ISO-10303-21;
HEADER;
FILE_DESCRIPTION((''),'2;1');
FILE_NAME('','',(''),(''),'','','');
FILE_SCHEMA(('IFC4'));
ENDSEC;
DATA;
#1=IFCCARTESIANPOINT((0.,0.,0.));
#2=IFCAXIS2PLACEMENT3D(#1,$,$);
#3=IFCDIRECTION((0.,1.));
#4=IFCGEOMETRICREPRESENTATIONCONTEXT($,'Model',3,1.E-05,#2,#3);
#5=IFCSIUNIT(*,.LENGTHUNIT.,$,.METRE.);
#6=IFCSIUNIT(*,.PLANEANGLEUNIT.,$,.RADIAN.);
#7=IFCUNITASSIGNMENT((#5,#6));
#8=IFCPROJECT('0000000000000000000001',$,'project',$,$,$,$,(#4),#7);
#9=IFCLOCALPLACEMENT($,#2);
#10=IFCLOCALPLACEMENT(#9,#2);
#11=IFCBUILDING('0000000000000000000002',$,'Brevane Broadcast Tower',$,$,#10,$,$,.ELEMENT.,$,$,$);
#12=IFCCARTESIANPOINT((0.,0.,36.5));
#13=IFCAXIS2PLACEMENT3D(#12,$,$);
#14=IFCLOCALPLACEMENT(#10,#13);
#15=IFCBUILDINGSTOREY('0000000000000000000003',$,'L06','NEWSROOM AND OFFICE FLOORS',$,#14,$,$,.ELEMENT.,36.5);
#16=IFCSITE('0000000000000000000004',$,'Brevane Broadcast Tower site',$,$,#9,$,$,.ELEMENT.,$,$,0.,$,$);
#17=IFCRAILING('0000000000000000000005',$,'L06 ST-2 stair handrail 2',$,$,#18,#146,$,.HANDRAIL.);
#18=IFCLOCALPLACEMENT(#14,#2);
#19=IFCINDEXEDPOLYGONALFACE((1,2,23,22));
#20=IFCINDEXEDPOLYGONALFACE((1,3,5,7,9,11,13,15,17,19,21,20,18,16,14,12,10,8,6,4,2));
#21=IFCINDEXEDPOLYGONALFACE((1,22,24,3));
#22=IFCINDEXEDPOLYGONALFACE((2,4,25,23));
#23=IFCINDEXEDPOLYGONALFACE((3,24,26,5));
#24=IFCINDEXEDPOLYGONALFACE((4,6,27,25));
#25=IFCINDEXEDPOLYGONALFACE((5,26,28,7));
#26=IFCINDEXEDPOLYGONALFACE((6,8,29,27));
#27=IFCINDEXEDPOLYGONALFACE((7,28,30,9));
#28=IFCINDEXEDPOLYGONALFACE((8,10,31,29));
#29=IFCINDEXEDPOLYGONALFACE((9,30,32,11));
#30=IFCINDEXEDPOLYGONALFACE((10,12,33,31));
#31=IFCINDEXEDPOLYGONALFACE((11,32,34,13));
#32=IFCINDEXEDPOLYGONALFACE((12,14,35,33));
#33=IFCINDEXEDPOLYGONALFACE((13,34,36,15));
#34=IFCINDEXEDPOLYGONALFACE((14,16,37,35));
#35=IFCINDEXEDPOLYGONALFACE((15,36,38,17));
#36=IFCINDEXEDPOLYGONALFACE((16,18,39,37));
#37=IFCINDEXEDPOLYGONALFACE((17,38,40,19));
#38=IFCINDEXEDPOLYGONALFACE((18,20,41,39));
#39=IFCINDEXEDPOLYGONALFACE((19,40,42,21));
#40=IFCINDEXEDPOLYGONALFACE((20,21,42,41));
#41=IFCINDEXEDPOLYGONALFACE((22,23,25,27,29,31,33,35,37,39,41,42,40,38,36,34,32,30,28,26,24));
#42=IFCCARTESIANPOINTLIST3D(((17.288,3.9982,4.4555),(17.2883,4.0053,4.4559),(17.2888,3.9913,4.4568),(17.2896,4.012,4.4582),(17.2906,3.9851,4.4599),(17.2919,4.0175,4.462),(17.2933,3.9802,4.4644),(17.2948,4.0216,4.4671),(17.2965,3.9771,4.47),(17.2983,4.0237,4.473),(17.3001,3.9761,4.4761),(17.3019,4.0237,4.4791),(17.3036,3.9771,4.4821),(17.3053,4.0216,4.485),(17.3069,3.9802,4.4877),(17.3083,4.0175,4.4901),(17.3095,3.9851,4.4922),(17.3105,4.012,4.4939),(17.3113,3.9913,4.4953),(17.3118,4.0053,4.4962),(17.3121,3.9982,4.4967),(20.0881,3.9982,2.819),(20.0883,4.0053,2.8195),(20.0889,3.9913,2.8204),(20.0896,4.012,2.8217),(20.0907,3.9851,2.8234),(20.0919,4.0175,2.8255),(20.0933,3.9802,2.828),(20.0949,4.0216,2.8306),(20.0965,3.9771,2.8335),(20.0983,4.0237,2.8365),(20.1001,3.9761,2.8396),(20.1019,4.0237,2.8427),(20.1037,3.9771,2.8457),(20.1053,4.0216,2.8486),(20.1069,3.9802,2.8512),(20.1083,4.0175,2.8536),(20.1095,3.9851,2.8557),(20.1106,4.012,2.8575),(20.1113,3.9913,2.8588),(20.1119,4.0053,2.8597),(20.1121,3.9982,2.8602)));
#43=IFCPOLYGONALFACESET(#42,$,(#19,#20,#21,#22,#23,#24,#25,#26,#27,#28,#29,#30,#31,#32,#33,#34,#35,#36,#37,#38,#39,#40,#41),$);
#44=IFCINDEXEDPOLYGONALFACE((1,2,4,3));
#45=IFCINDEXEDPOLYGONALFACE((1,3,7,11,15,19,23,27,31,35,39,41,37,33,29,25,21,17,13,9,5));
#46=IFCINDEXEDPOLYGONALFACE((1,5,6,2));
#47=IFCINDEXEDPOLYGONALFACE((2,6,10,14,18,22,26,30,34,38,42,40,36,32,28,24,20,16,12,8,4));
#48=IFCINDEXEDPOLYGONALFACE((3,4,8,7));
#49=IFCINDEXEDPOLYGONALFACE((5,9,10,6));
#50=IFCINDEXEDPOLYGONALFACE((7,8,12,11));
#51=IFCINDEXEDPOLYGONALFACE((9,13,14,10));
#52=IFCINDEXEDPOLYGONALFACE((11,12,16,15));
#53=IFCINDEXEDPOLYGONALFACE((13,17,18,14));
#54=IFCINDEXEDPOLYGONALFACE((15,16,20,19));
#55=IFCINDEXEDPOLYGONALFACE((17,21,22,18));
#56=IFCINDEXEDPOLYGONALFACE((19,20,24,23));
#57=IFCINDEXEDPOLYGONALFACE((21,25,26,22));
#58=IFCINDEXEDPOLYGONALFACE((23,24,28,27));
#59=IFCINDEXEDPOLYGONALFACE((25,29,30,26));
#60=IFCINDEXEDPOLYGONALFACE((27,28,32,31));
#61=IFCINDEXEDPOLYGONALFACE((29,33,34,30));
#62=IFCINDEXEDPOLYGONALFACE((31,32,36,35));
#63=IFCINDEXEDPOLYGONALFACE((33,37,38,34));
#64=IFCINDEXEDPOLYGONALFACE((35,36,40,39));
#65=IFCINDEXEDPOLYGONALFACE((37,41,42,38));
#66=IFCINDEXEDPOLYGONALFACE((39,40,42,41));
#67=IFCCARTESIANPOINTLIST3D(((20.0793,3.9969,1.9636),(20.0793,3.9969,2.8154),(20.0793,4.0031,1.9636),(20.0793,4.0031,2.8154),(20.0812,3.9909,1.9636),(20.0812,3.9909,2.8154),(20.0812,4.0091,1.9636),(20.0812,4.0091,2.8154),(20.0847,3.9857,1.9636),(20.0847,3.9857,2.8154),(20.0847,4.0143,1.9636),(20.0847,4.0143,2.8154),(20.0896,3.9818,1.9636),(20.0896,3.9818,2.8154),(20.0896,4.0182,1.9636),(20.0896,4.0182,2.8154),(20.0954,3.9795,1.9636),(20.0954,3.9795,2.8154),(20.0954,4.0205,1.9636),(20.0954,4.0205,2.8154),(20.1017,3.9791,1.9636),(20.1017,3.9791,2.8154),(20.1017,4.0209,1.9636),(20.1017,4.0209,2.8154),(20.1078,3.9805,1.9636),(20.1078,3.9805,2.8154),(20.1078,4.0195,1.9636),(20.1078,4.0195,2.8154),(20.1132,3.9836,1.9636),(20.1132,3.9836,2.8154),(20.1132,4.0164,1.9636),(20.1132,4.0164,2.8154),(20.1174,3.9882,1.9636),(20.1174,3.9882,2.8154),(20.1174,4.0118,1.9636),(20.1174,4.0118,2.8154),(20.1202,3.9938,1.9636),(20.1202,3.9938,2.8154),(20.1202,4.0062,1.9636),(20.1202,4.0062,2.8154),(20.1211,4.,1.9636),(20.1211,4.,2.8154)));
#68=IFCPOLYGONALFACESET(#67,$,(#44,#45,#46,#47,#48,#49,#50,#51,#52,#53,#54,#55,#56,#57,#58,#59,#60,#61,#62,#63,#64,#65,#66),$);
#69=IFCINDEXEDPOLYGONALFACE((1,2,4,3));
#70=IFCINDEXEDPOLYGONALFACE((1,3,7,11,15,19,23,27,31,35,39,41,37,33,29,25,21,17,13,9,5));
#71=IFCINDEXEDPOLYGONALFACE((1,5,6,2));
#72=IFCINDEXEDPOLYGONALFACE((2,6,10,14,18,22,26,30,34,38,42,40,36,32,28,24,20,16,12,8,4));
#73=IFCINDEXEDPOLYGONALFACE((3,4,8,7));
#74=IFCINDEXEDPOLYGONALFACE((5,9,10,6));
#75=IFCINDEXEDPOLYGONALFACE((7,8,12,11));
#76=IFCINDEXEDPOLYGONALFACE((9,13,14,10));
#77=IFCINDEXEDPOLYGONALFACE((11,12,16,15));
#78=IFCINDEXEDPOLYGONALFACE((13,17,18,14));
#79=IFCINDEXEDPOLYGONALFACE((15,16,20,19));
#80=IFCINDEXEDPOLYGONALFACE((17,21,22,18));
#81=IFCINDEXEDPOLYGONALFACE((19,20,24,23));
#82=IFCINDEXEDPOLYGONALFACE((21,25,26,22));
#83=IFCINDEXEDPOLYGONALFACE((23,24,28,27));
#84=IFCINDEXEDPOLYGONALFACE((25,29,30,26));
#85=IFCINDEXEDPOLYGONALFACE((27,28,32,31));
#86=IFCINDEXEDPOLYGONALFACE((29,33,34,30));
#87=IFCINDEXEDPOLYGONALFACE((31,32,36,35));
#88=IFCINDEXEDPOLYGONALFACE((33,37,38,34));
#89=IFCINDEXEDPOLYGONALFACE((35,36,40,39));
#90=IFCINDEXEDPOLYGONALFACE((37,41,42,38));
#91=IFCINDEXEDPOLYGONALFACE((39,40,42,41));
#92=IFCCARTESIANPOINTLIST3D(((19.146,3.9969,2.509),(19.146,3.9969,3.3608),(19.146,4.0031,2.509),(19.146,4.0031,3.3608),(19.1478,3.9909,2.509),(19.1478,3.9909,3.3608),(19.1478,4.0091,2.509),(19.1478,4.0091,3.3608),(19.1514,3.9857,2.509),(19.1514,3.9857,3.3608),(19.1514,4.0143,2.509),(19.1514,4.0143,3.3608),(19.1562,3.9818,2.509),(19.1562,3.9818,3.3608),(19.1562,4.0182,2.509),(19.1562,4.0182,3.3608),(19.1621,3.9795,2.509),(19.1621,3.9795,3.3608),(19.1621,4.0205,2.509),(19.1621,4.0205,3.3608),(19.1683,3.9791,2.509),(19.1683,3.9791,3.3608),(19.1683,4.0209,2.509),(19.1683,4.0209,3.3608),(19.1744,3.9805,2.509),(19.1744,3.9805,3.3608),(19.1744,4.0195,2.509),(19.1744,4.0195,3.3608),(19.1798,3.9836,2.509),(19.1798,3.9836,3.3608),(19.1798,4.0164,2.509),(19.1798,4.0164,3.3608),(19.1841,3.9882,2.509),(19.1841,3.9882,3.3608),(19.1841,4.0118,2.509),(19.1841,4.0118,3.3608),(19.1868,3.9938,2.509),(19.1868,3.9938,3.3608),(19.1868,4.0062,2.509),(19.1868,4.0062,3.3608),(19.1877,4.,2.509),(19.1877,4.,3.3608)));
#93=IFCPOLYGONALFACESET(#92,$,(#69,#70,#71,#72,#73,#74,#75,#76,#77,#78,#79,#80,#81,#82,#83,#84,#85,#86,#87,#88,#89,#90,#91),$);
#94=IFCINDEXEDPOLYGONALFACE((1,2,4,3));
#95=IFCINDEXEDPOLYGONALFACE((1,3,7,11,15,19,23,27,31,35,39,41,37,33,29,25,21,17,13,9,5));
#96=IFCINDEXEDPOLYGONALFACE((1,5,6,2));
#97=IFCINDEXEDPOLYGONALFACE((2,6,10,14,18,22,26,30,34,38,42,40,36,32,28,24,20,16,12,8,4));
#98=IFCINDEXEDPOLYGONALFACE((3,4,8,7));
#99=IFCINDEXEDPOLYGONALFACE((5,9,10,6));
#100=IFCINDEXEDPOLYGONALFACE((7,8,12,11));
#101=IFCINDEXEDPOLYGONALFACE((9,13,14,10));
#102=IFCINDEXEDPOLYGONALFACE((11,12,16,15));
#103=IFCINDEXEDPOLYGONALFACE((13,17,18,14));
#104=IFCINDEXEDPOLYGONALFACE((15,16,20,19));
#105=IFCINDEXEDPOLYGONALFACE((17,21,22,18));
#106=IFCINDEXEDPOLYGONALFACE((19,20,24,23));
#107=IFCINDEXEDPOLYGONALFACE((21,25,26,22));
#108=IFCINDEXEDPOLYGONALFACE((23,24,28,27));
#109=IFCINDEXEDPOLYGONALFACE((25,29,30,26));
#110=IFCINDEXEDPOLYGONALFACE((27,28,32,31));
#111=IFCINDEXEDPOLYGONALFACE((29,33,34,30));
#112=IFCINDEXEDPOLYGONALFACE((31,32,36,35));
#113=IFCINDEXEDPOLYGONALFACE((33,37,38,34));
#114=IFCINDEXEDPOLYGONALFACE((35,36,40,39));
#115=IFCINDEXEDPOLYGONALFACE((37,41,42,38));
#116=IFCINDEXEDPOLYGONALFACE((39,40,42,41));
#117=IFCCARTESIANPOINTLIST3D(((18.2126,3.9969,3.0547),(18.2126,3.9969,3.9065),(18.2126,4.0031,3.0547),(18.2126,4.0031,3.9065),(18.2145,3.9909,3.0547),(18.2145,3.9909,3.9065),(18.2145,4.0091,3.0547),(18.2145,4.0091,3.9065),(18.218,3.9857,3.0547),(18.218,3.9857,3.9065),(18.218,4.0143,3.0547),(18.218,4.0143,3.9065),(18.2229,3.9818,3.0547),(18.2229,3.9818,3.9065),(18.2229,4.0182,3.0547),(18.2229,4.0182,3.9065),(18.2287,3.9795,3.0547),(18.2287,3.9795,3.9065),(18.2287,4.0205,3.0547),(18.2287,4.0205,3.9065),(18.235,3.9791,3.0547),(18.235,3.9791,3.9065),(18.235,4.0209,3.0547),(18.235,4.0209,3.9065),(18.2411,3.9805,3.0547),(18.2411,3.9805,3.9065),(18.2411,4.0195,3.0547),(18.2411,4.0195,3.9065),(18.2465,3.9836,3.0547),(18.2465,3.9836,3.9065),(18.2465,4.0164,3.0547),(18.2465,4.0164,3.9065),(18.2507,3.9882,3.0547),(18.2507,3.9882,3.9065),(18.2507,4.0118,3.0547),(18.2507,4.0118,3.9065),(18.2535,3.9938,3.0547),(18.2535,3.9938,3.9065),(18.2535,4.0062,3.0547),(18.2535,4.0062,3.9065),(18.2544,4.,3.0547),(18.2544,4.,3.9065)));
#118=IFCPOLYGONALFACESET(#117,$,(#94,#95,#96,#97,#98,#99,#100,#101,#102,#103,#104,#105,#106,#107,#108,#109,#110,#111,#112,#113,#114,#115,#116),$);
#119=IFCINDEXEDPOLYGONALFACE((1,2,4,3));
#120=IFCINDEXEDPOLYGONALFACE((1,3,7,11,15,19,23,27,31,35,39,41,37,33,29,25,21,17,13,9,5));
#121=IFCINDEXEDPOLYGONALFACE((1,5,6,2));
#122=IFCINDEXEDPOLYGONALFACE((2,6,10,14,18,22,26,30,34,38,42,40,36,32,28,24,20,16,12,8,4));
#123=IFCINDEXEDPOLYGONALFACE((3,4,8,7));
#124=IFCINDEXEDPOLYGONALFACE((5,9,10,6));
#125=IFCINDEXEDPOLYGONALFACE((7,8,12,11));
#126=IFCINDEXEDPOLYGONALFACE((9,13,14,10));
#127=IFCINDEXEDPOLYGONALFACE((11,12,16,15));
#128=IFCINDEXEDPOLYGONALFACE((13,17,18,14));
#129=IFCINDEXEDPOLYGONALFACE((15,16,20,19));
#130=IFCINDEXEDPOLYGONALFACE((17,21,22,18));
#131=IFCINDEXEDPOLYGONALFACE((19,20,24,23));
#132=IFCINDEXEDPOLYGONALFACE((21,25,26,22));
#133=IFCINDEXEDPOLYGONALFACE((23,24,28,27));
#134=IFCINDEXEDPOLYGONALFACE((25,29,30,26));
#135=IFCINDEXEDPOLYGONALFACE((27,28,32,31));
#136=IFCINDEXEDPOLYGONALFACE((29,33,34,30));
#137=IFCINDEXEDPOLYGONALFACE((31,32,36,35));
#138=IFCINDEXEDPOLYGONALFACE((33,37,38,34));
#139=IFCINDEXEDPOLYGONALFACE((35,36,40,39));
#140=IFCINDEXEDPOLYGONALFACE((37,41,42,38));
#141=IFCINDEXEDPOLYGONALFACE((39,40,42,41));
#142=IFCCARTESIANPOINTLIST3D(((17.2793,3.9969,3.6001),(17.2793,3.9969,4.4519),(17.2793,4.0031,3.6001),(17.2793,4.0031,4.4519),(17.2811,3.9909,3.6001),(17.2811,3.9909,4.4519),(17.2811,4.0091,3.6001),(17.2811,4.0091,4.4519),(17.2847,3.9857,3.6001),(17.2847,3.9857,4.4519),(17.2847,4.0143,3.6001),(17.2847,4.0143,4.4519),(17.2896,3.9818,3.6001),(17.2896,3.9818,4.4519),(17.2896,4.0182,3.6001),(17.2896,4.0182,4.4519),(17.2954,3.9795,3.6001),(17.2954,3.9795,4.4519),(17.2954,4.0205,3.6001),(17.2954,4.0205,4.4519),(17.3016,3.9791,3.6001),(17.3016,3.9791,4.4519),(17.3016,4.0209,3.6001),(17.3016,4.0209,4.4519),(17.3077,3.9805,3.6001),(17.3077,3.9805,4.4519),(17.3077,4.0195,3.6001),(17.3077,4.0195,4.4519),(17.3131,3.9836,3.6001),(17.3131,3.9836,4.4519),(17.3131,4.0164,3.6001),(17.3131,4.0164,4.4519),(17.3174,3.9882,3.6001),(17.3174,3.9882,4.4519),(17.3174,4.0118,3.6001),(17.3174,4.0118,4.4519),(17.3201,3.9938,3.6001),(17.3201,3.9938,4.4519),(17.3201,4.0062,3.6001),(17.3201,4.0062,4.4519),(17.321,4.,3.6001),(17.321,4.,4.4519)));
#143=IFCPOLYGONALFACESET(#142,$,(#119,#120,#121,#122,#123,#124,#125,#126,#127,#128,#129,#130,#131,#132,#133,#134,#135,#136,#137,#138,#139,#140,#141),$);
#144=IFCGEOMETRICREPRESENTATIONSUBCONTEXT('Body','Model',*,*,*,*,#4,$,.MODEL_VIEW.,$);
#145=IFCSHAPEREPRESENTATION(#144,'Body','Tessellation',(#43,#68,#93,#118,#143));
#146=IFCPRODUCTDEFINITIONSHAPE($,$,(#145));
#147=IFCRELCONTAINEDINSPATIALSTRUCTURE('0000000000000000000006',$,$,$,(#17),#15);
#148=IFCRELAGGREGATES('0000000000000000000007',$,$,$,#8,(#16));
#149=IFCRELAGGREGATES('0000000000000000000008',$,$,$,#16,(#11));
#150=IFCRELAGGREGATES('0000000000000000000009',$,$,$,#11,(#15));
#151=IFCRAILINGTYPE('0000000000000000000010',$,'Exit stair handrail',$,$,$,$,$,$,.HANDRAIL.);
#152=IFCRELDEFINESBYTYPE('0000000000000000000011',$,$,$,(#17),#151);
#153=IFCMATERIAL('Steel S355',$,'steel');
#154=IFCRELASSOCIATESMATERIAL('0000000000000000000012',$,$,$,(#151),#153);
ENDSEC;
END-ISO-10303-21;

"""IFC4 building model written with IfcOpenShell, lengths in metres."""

from ifc_helpers import new_model, si_unit, direction, frame, origin, origin_2d, place, context, subcontext, project, spatial, circle, extrude, material, type_object, element, save


model = new_model("IFC4")

# Units and contexts
model_context = context("Model", 3, precision=1e-05, world=origin(), true_north=direction((0.0, 1.0)))
body_context = subcontext(model_context, "Body", "Model", "MODEL_VIEW")
ifc_project = project(units=[si_unit("LENGTHUNIT", "METRE"), si_unit("PLANEANGLEUNIT", "RADIAN")], contexts=[model_context])

# Site, building, storey
site_placement = place(None, origin())
site = spatial("IfcSite", under=ifc_project, at=site_placement, Name="Brevane Broadcast Tower site", CompositionType="ELEMENT", RefElevation=0.0)
building_placement = place(site_placement, origin())
building = spatial("IfcBuilding", under=site, at=building_placement, Name="Brevane Broadcast Tower", CompositionType="ELEMENT")
storey_placement = place(building_placement, frame((0.0, 0.0, 36.5)))
storey = spatial("IfcBuildingStorey", under=building, at=storey_placement, Name="L06", Description="NEWSROOM AND OFFICE FLOORS", CompositionType="ELEMENT", Elevation=36.5)

# Railing
ifc_material_1 = material(Name="Steel S355", Category="steel")
railing_type_1 = type_object("IfcRailingType", Name="Exit stair handrail", PredefinedType="HANDRAIL", material=ifc_material_1)
railing_1_placement = place(storey_placement, frame((20.1001, 4.0, 1.9636)))
element("IfcRailing", 1, at=railing_1_placement, inside=storey, type_object=railing_type_1, Name="L06 ST-2 stair handrail 2", PredefinedType="HANDRAIL", context=body_context, shape_type="SweptSolid", body=[
    extrude(circle(Radius=0.0239, at=origin_2d()), frame((0.0, 0.0, 0.876), z_axis=(-0.863361, 0.0, 0.504587), x_axis=(0.0, -1.0, 0.0)), (0.0, 0.0, 1.0), 3.2432),
    extrude(circle(Radius=0.021, at=origin_2d()), origin(), (0.0, 0.0, 1.0), 0.8518),
    extrude(circle(Radius=0.021, at=origin_2d()), frame((-0.9333, 0.0, 0.5454)), (0.0, 0.0, 1.0), 0.8518),
    extrude(circle(Radius=0.021, at=origin_2d()), frame((-1.8667, 0.0, 1.0911)), (0.0, 0.0, 1.0), 0.8518),
    extrude(circle(Radius=0.021, at=origin_2d()), frame((-2.8, 0.0, 1.6365)), (0.0, 0.0, 1.0), 0.8518),
])

save(model, "model.ifc")
